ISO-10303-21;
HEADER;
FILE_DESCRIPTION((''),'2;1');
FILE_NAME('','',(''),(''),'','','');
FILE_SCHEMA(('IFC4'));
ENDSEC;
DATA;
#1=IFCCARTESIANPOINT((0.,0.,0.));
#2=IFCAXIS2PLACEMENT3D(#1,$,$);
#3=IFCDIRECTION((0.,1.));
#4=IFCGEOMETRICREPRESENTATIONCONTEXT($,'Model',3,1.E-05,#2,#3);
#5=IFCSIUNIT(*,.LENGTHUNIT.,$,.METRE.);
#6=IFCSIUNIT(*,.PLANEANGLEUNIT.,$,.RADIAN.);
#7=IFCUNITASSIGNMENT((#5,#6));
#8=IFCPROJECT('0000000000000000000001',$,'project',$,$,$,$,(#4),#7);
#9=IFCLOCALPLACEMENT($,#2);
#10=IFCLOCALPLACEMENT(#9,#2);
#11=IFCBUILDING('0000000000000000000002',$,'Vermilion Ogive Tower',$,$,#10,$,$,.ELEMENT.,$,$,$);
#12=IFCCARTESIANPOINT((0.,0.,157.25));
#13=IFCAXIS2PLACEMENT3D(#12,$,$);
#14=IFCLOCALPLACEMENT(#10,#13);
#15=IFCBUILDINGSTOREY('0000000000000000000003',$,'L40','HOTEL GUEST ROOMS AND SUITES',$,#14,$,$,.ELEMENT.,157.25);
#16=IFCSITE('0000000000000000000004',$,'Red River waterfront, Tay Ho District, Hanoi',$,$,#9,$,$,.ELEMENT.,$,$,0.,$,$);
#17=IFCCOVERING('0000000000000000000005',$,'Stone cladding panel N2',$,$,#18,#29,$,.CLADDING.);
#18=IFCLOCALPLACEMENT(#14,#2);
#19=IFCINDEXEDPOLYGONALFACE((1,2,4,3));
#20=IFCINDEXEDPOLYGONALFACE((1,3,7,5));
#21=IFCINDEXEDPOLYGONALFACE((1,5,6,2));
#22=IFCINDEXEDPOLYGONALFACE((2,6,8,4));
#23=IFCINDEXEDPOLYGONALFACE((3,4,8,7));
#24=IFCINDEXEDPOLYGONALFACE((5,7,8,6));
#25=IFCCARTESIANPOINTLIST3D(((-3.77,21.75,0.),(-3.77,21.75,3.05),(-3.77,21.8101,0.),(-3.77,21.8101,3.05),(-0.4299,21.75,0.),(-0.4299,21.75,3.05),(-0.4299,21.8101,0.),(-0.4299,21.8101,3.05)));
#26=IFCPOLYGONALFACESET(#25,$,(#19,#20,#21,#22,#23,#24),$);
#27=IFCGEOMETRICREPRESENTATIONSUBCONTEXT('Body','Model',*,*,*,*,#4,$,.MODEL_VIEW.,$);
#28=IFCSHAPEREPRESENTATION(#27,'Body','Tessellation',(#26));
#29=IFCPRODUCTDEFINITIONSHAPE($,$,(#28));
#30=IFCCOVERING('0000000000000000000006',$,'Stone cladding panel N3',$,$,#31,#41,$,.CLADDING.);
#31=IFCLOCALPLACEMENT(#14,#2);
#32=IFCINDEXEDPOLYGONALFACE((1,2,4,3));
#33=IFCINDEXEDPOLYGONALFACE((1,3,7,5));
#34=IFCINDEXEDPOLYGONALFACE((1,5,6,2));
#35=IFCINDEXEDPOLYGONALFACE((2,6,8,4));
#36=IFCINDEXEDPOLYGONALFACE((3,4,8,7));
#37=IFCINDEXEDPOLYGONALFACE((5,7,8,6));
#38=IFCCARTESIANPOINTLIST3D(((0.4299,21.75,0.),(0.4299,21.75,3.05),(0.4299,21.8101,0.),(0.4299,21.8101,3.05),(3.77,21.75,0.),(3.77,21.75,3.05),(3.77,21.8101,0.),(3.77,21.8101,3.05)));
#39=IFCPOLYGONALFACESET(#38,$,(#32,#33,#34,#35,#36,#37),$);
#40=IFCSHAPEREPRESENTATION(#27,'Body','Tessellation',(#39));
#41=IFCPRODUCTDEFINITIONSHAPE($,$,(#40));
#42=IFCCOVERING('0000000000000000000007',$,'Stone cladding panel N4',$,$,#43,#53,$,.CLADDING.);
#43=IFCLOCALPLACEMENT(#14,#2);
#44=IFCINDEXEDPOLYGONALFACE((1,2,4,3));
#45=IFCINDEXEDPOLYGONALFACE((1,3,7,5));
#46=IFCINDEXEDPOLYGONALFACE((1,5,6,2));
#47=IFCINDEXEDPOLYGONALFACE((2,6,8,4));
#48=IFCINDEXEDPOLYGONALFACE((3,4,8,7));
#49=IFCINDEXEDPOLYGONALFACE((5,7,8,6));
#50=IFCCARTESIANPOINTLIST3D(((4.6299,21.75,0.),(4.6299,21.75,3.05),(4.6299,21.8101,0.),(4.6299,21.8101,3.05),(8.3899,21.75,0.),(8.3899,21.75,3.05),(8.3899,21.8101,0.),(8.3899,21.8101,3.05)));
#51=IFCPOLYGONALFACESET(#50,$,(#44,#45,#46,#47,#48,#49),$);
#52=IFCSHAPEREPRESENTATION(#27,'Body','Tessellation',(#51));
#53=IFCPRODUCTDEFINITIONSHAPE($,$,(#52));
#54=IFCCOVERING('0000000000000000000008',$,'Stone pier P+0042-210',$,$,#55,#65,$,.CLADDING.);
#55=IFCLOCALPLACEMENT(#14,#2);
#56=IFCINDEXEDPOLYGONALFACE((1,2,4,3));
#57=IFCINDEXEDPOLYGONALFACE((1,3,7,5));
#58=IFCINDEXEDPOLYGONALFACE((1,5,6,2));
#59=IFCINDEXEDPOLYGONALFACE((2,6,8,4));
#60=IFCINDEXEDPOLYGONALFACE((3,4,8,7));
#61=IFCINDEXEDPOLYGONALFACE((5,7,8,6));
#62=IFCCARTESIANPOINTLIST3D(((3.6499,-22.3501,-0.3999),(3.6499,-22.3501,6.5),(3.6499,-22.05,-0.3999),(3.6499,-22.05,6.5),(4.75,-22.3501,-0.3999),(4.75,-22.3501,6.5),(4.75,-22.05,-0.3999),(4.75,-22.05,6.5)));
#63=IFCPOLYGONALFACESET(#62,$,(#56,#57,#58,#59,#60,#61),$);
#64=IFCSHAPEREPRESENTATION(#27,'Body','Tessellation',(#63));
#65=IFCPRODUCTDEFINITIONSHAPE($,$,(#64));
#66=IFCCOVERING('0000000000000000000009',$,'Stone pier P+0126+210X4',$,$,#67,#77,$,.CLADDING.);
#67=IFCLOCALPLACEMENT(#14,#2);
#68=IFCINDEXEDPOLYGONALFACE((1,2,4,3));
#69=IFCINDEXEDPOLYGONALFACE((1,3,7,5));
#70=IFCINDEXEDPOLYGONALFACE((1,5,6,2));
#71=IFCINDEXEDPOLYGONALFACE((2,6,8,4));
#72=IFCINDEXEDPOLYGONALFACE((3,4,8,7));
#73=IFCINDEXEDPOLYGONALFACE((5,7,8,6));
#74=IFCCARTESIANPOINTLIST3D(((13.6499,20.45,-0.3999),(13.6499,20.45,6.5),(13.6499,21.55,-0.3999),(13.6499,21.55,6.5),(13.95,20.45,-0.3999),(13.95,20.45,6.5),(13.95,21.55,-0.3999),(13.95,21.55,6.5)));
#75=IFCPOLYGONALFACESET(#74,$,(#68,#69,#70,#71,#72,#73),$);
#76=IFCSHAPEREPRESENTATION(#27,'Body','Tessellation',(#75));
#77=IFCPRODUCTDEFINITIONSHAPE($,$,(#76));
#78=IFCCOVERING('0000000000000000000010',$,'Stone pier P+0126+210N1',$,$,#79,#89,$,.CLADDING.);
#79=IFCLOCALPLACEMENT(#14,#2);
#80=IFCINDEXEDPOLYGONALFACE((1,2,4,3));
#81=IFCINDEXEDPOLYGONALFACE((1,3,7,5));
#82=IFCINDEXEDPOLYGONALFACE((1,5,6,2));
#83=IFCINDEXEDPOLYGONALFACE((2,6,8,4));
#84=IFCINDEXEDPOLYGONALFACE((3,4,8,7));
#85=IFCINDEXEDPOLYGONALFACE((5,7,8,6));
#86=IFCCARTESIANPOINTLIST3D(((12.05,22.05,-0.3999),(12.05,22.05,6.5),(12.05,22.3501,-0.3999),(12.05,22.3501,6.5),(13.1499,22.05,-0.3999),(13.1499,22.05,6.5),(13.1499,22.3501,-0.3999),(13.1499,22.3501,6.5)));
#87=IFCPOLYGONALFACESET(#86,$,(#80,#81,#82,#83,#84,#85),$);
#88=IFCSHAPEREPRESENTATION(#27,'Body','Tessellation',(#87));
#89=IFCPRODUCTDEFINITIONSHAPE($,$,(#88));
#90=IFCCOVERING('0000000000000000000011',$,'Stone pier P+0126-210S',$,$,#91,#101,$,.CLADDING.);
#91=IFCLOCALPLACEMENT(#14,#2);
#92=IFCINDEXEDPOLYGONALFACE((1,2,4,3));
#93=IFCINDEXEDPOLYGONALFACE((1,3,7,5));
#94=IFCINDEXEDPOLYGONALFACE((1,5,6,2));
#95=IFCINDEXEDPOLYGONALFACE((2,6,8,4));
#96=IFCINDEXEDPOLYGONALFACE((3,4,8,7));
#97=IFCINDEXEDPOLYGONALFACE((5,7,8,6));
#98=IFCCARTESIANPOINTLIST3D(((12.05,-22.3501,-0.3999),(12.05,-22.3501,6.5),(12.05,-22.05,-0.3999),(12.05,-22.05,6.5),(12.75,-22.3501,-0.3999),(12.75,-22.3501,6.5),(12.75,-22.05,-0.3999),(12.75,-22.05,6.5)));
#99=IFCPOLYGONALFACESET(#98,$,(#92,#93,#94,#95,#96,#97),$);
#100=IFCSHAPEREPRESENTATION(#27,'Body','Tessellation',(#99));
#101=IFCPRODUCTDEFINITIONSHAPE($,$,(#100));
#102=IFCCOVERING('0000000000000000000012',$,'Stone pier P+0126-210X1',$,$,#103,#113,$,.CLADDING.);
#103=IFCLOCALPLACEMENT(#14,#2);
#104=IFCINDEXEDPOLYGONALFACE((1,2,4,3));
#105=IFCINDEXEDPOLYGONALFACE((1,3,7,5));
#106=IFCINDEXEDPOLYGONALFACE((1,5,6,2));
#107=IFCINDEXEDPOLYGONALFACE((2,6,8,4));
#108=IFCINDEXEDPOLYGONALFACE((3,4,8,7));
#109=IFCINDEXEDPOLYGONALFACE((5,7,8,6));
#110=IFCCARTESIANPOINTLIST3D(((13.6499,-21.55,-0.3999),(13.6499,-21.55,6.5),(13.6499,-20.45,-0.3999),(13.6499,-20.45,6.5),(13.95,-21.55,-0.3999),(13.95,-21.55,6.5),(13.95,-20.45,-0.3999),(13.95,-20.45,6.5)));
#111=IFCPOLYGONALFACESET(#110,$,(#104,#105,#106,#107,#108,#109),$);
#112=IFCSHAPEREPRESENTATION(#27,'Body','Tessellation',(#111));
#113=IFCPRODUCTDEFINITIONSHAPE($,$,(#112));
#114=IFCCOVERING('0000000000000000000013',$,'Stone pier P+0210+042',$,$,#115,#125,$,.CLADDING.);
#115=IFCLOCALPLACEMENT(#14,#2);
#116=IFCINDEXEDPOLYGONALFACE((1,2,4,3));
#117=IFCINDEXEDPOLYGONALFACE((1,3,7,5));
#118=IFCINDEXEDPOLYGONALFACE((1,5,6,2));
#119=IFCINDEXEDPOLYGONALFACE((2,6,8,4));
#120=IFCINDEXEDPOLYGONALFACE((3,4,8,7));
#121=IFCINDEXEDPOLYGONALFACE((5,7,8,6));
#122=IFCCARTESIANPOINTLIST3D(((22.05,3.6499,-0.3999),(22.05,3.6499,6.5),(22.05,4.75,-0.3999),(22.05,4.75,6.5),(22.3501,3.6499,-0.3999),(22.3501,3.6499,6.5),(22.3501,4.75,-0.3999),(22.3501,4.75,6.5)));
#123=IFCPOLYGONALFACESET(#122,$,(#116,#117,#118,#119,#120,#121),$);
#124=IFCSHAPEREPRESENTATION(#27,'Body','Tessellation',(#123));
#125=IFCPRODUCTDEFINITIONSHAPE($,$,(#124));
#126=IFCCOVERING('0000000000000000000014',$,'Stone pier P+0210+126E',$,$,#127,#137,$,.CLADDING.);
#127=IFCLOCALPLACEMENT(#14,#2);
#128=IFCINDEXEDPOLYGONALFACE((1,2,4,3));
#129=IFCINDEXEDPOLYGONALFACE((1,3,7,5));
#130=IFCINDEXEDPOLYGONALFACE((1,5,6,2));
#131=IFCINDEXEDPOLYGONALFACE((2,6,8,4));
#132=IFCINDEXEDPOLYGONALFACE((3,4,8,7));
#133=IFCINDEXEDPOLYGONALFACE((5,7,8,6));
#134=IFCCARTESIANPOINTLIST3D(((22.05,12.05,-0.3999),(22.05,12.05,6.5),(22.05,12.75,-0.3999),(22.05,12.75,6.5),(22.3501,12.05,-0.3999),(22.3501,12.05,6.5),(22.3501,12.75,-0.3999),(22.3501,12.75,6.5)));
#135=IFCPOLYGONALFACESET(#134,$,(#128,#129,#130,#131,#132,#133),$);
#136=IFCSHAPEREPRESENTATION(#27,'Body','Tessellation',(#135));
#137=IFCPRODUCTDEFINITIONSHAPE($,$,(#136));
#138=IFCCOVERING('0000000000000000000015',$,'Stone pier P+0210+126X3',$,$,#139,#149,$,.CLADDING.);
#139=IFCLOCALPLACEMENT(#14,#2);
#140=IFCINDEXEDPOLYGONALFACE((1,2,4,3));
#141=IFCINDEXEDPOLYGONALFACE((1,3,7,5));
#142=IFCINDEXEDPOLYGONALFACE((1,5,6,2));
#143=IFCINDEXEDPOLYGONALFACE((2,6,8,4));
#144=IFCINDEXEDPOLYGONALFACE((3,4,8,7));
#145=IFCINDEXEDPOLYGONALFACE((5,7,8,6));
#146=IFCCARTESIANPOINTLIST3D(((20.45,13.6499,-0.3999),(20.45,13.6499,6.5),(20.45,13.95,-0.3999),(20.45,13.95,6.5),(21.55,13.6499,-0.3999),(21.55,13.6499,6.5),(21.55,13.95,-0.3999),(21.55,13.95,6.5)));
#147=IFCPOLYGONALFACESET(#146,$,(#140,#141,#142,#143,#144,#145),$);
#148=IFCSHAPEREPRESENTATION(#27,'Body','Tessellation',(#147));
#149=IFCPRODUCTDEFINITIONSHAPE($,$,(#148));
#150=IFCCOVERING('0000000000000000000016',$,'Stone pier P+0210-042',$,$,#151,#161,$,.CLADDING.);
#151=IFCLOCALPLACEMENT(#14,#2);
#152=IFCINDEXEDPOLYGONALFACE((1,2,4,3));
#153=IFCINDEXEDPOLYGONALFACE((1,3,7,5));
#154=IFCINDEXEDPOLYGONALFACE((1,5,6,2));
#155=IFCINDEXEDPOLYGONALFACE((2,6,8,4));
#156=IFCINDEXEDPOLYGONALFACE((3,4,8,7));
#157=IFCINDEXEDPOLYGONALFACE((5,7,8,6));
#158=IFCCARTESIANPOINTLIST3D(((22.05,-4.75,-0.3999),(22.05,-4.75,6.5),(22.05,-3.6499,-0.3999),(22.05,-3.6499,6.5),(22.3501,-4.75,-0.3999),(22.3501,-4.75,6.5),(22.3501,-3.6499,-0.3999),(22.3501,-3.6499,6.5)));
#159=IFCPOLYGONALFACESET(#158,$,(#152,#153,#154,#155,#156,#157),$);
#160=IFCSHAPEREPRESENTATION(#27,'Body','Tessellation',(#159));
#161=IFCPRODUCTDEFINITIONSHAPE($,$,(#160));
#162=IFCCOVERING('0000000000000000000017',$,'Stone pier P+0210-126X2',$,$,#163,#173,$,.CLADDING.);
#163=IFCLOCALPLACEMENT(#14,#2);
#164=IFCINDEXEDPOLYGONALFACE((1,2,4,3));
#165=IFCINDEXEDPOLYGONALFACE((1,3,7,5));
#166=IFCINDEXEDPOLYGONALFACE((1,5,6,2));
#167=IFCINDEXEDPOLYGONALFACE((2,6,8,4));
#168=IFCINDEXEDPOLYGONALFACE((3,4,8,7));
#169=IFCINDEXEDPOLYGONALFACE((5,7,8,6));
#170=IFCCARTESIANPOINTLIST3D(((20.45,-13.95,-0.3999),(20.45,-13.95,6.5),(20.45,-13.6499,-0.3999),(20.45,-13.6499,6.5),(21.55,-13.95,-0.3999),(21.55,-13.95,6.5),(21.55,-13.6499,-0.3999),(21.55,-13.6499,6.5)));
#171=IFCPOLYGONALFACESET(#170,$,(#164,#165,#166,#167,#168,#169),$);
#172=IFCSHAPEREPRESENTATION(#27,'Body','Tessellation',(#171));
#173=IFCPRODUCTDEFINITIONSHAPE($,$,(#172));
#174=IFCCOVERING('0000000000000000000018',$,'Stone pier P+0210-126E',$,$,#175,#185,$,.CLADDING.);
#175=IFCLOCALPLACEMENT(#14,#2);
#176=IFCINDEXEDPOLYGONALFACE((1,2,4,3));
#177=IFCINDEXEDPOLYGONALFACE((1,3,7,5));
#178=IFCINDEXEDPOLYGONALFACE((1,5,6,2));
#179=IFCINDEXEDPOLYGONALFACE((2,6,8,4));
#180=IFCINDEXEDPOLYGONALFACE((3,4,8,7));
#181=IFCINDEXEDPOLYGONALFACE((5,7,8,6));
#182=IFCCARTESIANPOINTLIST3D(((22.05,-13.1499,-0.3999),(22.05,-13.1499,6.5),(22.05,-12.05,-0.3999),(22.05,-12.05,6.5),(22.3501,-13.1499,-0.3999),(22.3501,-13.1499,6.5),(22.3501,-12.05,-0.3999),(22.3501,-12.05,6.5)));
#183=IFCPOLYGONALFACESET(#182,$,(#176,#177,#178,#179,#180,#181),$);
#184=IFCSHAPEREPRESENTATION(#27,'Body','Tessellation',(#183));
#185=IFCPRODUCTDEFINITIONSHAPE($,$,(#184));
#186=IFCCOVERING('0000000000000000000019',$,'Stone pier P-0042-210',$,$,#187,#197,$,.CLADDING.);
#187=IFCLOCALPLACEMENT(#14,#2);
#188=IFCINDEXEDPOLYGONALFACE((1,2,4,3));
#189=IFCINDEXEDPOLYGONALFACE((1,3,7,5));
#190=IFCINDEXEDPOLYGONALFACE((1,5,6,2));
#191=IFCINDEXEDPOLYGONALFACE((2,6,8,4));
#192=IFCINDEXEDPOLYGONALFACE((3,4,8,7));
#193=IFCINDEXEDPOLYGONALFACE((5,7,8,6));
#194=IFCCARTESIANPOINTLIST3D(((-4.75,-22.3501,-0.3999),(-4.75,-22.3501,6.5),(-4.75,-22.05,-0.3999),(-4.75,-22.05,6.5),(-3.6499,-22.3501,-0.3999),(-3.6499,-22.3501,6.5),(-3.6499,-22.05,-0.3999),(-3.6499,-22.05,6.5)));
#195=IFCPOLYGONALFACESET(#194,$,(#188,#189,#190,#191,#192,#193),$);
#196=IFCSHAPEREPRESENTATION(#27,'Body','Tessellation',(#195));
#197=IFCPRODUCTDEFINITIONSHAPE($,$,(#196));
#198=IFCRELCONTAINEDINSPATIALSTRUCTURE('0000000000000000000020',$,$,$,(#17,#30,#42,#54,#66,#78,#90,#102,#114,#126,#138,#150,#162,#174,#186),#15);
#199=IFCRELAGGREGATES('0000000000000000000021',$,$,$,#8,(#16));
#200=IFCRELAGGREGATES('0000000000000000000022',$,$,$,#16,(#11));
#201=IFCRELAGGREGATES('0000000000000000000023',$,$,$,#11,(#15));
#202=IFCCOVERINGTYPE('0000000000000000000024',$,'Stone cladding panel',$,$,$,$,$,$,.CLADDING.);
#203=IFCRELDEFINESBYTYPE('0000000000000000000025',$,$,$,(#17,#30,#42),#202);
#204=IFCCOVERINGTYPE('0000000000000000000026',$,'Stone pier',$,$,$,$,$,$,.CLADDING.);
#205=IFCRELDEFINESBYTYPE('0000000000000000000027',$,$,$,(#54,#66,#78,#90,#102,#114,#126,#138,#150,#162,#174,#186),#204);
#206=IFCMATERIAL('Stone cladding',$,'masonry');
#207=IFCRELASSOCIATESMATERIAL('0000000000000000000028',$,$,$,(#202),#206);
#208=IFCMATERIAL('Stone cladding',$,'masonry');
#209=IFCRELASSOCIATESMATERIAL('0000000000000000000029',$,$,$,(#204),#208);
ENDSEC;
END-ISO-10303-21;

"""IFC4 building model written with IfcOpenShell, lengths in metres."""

from ifc_helpers import new_model, si_unit, direction, frame, origin, place, context, subcontext, project, spatial, polyline, outline, extrude, material, type_object, element, save


model = new_model("IFC4")

# Units and contexts
model_context = context("Model", 3, precision=1e-05, world=origin(), true_north=direction((0.0, 1.0)))
body_context = subcontext(model_context, "Body", "Model", "MODEL_VIEW")
ifc_project = project(units=[si_unit("LENGTHUNIT", "METRE"), si_unit("PLANEANGLEUNIT", "RADIAN")], contexts=[model_context])

# Site, building, storey
site_placement = place(None, origin())
site = spatial("IfcSite", under=ifc_project, at=site_placement, Name="Red River waterfront, Tay Ho District, Hanoi", CompositionType="ELEMENT", RefElevation=0.0)
building_placement = place(site_placement, origin())
building = spatial("IfcBuilding", under=site, at=building_placement, Name="Vermilion Ogive Tower", CompositionType="ELEMENT")
storey_placement = place(building_placement, frame((0.0, 0.0, 157.25)))
storey = spatial("IfcBuildingStorey", under=building, at=storey_placement, Name="L40", Description="HOTEL GUEST ROOMS AND SUITES", CompositionType="ELEMENT", Elevation=157.25)

# Coverings
ifc_material_1 = material(Name="Stone cladding", Category="masonry")
covering_type_1 = type_object("IfcCoveringType", Name="Stone cladding panel", PredefinedType="CLADDING", material=ifc_material_1)
covering_1_placement = place(storey_placement, origin())
element("IfcCovering", 1, at=covering_1_placement, inside=storey, type_object=covering_type_1, Name="Stone cladding panel N2", PredefinedType="CLADDING", context=body_context, shape_type="SweptSolid", body=[
    extrude(outline(polyline([(-3.77, 21.75), (-0.4299, 21.75), (-0.4299, 21.8101), (-3.77, 21.8101), (-3.77, 21.75)])), origin(), (0.0, 0.0, 1.0), 3.05),
])
covering_2_placement = place(storey_placement, origin())
element("IfcCovering", 2, at=covering_2_placement, inside=storey, type_object=covering_type_1, Name="Stone cladding panel N3", PredefinedType="CLADDING", context=body_context, shape_type="SweptSolid", body=[
    extrude(outline(polyline([(0.4299, 21.75), (3.77, 21.75), (3.77, 21.8101), (0.4299, 21.8101), (0.4299, 21.75)])), origin(), (0.0, 0.0, 1.0), 3.05),
])
covering_3_placement = place(storey_placement, origin())
element("IfcCovering", 3, at=covering_3_placement, inside=storey, type_object=covering_type_1, Name="Stone cladding panel N4", PredefinedType="CLADDING", context=body_context, shape_type="SweptSolid", body=[
    extrude(outline(polyline([(4.6299, 21.75), (8.3899, 21.75), (8.3899, 21.8101), (4.6299, 21.8101), (4.6299, 21.75)])), origin(), (0.0, 0.0, 1.0), 3.05),
])
ifc_material_2 = material(Name="Stone cladding", Category="masonry")
covering_type_2 = type_object("IfcCoveringType", Name="Stone pier", PredefinedType="CLADDING", material=ifc_material_2)
covering_4_placement = place(storey_placement, frame((0.0, 0.0, -0.3999)))
element("IfcCovering", 4, at=covering_4_placement, inside=storey, type_object=covering_type_2, Name="Stone pier P+0042-210", PredefinedType="CLADDING", context=body_context, shape_type="SweptSolid", body=[
    extrude(outline(polyline([(4.75, -22.3501), (3.6499, -22.3501), (3.6499, -22.05), (4.75, -22.05), (4.75, -22.3501)])), origin(), (0.0, 0.0, 1.0), 6.8999),
])
covering_5_placement = place(storey_placement, frame((0.0, 0.0, -0.3999)))
element("IfcCovering", 5, at=covering_5_placement, inside=storey, type_object=covering_type_2, Name="Stone pier P+0126+210X4", PredefinedType="CLADDING", context=body_context, shape_type="SweptSolid", body=[
    extrude(outline(polyline([(13.95, 21.55), (13.95, 20.45), (13.6499, 20.45), (13.6499, 21.55), (13.95, 21.55)])), origin(), (0.0, 0.0, 1.0), 6.8999),
])
covering_6_placement = place(storey_placement, frame((0.0, 0.0, -0.3999)))
element("IfcCovering", 6, at=covering_6_placement, inside=storey, type_object=covering_type_2, Name="Stone pier P+0126+210N1", PredefinedType="CLADDING", context=body_context, shape_type="SweptSolid", body=[
    extrude(outline(polyline([(13.1499, 22.3501), (13.1499, 22.05), (12.05, 22.05), (12.05, 22.3501), (13.1499, 22.3501)])), origin(), (0.0, 0.0, 1.0), 6.8999),
])
covering_7_placement = place(storey_placement, frame((0.0, 0.0, -0.3999)))
element("IfcCovering", 7, at=covering_7_placement, inside=storey, type_object=covering_type_2, Name="Stone pier P+0126-210S", PredefinedType="CLADDING", context=body_context, shape_type="SweptSolid", body=[
    extrude(outline(polyline([(12.05, -22.3501), (12.05, -22.05), (12.75, -22.05), (12.75, -22.3501), (12.05, -22.3501)])), origin(), (0.0, 0.0, 1.0), 6.8999),
])
covering_8_placement = place(storey_placement, frame((0.0, 0.0, -0.3999)))
element("IfcCovering", 8, at=covering_8_placement, inside=storey, type_object=covering_type_2, Name="Stone pier P+0126-210X1", PredefinedType="CLADDING", context=body_context, shape_type="SweptSolid", body=[
    extrude(outline(polyline([(13.95, -21.55), (13.6499, -21.55), (13.6499, -20.45), (13.95, -20.45), (13.95, -21.55)])), origin(), (0.0, 0.0, 1.0), 6.8999),
])
covering_9_placement = place(storey_placement, frame((0.0, 0.0, -0.3999)))
element("IfcCovering", 9, at=covering_9_placement, inside=storey, type_object=covering_type_2, Name="Stone pier P+0210+042", PredefinedType="CLADDING", context=body_context, shape_type="SweptSolid", body=[
    extrude(outline(polyline([(22.3501, 4.75), (22.3501, 3.6499), (22.05, 3.6499), (22.05, 4.75), (22.3501, 4.75)])), origin(), (0.0, 0.0, 1.0), 6.8999),
])
covering_10_placement = place(storey_placement, frame((0.0, 0.0, -0.3999)))
element("IfcCovering", 10, at=covering_10_placement, inside=storey, type_object=covering_type_2, Name="Stone pier P+0210+126E", PredefinedType="CLADDING", context=body_context, shape_type="SweptSolid", body=[
    extrude(outline(polyline([(22.3501, 12.05), (22.05, 12.05), (22.05, 12.75), (22.3501, 12.75), (22.3501, 12.05)])), origin(), (0.0, 0.0, 1.0), 6.8999),
])
covering_11_placement = place(storey_placement, frame((0.0, 0.0, -0.3999)))
element("IfcCovering", 11, at=covering_11_placement, inside=storey, type_object=covering_type_2, Name="Stone pier P+0210+126X3", PredefinedType="CLADDING", context=body_context, shape_type="SweptSolid", body=[
    extrude(outline(polyline([(21.55, 13.95), (21.55, 13.6499), (20.45, 13.6499), (20.45, 13.95), (21.55, 13.95)])), origin(), (0.0, 0.0, 1.0), 6.8999),
])
covering_12_placement = place(storey_placement, frame((0.0, 0.0, -0.3999)))
element("IfcCovering", 12, at=covering_12_placement, inside=storey, type_object=covering_type_2, Name="Stone pier P+0210-042", PredefinedType="CLADDING", context=body_context, shape_type="SweptSolid", body=[
    extrude(outline(polyline([(22.3501, -3.6499), (22.3501, -4.75), (22.05, -4.75), (22.05, -3.6499), (22.3501, -3.6499)])), origin(), (0.0, 0.0, 1.0), 6.8999),
])
covering_13_placement = place(storey_placement, frame((0.0, 0.0, -0.3999)))
element("IfcCovering", 13, at=covering_13_placement, inside=storey, type_object=covering_type_2, Name="Stone pier P+0210-126X2", PredefinedType="CLADDING", context=body_context, shape_type="SweptSolid", body=[
    extrude(outline(polyline([(21.55, -13.95), (20.45, -13.95), (20.45, -13.6499), (21.55, -13.6499), (21.55, -13.95)])), origin(), (0.0, 0.0, 1.0), 6.8999),
])
covering_14_placement = place(storey_placement, frame((0.0, 0.0, -0.3999)))
element("IfcCovering", 14, at=covering_14_placement, inside=storey, type_object=covering_type_2, Name="Stone pier P+0210-126E", PredefinedType="CLADDING", context=body_context, shape_type="SweptSolid", body=[
    extrude(outline(polyline([(22.3501, -13.1499), (22.05, -13.1499), (22.05, -12.05), (22.3501, -12.05), (22.3501, -13.1499)])), origin(), (0.0, 0.0, 1.0), 6.8999),
])
covering_15_placement = place(storey_placement, frame((0.0, 0.0, -0.3999)))
element("IfcCovering", 15, at=covering_15_placement, inside=storey, type_object=covering_type_2, Name="Stone pier P-0042-210", PredefinedType="CLADDING", context=body_context, shape_type="SweptSolid", body=[
    extrude(outline(polyline([(-3.6499, -22.3501), (-4.75, -22.3501), (-4.75, -22.05), (-3.6499, -22.05), (-3.6499, -22.3501)])), origin(), (0.0, 0.0, 1.0), 6.8999),
])

save(model, "model.ifc")
